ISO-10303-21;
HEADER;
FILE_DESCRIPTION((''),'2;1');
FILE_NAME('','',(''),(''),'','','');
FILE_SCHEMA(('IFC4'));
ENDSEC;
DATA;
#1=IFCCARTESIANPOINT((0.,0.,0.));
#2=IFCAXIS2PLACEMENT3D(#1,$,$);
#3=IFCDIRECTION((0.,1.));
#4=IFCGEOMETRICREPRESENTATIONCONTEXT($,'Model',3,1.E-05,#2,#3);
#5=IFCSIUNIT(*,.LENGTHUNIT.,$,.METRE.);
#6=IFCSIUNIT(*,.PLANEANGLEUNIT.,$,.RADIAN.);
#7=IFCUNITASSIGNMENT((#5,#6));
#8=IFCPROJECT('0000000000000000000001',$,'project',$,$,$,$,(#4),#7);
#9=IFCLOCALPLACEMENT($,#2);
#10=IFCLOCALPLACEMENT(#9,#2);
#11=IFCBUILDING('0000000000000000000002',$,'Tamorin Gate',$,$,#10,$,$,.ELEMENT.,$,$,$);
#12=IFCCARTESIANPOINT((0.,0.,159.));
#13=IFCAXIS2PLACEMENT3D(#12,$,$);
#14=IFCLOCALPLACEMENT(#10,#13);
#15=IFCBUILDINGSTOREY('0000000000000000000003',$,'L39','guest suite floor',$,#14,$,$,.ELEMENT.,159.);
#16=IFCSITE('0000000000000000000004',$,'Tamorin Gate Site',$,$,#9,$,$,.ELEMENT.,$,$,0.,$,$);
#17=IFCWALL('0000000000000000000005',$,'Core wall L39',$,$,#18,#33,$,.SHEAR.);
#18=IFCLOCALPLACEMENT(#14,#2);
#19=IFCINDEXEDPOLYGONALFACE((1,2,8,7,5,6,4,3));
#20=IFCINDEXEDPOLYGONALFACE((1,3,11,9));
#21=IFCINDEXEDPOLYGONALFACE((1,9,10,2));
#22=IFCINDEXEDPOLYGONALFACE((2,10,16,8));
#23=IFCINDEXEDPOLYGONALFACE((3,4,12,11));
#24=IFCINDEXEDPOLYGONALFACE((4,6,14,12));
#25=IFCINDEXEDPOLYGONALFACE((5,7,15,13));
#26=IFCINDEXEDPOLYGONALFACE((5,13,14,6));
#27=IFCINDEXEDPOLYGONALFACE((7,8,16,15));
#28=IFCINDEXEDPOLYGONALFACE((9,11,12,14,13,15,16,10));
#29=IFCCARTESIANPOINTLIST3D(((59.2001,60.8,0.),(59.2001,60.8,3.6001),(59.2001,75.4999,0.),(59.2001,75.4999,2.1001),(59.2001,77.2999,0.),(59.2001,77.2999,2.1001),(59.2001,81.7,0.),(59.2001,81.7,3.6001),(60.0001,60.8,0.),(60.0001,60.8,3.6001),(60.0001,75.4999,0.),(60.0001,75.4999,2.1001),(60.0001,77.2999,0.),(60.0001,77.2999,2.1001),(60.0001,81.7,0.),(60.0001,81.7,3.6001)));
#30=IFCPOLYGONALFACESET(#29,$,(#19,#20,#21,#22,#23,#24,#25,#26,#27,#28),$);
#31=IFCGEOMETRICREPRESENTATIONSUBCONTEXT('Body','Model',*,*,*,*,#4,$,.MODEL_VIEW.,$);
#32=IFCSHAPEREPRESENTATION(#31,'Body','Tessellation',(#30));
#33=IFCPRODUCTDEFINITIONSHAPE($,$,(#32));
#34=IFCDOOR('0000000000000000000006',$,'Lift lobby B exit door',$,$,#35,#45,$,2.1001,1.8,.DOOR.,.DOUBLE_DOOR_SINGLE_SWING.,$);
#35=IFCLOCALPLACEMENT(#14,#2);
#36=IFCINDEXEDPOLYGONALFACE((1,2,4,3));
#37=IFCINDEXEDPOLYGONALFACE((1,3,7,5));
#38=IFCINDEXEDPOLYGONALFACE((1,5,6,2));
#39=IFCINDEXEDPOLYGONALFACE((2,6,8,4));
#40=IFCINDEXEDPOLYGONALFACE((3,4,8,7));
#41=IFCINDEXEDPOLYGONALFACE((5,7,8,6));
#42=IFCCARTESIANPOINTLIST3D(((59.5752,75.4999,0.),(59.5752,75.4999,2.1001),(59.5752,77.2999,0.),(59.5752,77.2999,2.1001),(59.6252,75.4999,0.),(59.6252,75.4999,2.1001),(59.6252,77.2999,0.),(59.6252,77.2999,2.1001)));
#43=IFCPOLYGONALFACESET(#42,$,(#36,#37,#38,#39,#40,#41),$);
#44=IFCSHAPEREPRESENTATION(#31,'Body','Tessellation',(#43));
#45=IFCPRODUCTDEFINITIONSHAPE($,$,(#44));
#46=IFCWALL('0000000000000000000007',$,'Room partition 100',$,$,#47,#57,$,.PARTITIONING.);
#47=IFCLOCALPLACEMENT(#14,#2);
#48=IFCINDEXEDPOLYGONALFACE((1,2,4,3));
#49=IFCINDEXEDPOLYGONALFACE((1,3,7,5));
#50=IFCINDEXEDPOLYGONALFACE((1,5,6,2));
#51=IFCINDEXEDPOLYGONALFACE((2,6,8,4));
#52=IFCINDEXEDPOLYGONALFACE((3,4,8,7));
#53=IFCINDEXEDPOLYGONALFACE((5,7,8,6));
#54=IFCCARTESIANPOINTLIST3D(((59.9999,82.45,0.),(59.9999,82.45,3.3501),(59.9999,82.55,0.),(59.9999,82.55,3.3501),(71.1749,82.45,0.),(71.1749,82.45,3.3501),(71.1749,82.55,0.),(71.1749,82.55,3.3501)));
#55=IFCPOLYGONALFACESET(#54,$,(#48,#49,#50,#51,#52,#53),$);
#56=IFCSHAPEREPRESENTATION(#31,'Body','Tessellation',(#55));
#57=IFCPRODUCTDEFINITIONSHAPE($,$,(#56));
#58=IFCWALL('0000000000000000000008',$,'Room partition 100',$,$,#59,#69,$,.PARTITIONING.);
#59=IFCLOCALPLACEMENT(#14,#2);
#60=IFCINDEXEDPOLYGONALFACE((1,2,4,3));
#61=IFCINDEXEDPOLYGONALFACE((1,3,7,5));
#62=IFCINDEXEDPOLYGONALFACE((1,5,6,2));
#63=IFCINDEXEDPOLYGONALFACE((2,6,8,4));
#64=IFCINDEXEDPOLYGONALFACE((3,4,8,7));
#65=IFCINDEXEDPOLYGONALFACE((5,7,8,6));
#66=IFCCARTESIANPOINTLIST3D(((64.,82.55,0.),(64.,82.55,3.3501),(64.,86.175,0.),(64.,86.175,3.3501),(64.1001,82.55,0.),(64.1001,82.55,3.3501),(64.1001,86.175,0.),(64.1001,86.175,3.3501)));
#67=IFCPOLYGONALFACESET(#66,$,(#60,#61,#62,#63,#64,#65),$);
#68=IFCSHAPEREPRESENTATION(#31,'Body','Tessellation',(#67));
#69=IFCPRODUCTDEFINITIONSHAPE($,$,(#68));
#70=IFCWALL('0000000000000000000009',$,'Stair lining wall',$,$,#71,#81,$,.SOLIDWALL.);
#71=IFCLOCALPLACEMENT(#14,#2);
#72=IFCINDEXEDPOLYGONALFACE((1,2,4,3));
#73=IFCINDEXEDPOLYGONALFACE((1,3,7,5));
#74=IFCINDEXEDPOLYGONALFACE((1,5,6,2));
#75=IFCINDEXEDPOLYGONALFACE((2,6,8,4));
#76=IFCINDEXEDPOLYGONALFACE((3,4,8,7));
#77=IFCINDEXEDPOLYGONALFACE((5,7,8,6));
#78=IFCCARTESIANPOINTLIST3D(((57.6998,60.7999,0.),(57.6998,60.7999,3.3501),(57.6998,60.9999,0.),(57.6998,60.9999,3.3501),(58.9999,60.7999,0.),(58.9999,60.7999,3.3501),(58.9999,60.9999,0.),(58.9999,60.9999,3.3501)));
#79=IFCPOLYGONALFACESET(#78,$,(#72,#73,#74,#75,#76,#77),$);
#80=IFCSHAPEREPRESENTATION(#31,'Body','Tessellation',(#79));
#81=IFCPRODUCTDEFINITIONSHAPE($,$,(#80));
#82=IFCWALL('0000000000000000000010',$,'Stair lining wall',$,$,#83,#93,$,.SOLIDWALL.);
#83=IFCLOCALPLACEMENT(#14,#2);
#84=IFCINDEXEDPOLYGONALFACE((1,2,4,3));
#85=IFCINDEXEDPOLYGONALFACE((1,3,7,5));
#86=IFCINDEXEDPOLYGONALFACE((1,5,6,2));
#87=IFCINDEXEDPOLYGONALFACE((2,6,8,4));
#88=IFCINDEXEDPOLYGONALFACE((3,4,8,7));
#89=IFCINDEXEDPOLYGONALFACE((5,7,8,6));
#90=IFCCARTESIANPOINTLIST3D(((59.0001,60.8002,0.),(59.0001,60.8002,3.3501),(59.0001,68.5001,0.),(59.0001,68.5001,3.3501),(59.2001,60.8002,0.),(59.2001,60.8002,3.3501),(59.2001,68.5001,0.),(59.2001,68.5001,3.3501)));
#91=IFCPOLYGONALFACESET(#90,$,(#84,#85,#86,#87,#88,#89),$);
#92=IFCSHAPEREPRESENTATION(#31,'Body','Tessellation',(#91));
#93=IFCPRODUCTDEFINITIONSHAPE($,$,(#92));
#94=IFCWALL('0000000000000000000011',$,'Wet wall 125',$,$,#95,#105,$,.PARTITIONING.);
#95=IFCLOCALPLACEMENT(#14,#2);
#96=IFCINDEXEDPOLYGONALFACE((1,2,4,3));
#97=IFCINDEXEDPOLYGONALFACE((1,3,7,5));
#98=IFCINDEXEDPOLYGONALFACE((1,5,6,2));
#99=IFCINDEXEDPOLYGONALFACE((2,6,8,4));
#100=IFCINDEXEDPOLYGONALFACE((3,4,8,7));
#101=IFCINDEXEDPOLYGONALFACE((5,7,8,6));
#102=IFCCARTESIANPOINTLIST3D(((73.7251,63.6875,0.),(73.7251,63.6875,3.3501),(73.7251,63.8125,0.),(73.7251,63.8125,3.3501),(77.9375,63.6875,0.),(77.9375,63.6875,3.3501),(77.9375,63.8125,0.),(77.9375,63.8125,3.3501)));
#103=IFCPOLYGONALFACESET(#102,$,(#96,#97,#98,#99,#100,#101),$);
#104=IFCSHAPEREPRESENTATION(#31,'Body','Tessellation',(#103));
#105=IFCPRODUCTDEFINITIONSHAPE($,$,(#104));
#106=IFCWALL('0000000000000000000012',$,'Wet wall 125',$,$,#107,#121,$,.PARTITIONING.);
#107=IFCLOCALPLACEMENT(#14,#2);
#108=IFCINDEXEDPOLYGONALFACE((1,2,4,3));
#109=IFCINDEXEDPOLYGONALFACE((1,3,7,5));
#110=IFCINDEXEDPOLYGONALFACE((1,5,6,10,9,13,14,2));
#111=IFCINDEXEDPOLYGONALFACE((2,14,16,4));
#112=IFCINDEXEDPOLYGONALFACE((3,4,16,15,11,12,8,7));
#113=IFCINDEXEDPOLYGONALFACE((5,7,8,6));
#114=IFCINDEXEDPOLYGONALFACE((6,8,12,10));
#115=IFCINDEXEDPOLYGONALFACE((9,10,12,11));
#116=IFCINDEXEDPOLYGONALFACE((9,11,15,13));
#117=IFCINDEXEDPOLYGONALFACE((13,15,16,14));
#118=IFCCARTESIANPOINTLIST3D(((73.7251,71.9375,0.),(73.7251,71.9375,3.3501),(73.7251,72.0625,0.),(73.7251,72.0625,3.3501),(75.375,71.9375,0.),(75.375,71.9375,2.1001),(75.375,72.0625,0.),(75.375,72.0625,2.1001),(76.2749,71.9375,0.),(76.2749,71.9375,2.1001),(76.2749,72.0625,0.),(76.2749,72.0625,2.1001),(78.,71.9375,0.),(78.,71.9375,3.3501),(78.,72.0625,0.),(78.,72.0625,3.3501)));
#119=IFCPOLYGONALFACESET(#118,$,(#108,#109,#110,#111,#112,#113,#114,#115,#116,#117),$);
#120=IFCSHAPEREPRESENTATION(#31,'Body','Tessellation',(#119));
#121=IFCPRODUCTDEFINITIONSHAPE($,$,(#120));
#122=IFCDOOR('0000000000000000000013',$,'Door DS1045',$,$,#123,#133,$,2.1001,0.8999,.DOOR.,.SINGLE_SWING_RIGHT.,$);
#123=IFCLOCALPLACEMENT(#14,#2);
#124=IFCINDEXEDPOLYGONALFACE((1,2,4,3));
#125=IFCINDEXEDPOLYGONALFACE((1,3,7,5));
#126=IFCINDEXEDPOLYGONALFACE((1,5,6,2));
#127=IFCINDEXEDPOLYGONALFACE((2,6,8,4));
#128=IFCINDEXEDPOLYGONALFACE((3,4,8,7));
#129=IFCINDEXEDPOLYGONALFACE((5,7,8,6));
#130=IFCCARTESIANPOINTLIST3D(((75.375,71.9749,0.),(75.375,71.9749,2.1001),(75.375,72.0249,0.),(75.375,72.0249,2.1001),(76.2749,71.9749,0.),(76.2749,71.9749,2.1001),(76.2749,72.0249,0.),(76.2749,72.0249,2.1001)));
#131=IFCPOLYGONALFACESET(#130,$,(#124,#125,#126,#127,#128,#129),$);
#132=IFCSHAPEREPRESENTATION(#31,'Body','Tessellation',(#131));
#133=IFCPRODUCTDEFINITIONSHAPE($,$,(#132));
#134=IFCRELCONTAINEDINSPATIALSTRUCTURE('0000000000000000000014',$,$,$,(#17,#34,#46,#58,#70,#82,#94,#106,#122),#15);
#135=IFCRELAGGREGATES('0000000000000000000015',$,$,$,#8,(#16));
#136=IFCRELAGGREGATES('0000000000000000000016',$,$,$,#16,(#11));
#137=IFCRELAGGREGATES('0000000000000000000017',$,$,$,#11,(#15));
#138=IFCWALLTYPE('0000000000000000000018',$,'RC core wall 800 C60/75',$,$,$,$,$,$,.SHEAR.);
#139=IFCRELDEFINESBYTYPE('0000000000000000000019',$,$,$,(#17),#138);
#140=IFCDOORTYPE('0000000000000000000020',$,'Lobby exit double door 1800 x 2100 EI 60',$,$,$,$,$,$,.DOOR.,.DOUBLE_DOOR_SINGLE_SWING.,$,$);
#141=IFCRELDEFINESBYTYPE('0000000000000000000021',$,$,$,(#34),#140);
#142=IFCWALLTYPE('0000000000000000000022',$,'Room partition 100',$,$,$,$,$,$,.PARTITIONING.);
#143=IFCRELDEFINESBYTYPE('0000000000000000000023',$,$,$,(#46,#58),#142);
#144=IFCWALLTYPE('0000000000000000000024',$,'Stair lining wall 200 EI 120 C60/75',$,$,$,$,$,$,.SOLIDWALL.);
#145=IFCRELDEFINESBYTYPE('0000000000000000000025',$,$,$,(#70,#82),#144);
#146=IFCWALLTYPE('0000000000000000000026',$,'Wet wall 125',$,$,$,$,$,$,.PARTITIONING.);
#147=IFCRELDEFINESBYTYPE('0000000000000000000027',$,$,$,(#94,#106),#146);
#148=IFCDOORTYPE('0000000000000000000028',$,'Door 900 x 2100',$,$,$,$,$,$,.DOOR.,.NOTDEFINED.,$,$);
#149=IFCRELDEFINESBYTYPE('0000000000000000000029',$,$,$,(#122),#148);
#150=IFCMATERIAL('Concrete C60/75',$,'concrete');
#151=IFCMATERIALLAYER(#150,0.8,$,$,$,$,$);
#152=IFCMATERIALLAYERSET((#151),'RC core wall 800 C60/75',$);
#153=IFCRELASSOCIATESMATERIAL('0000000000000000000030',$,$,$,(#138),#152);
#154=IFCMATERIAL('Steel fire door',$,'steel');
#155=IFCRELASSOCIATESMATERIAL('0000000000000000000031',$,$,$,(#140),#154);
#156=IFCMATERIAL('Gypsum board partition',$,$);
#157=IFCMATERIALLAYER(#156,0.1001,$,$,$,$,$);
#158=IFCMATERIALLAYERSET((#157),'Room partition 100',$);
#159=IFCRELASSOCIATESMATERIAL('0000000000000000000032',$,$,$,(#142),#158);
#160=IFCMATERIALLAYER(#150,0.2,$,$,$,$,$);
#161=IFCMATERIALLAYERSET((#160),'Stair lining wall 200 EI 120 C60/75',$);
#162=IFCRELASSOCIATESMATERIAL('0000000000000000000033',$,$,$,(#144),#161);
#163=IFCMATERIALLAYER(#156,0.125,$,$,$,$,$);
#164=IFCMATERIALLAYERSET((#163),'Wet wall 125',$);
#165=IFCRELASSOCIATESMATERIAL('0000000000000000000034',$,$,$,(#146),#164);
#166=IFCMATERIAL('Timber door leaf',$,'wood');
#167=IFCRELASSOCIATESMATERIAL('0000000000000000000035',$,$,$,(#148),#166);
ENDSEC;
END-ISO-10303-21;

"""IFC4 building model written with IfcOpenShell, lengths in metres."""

from ifc_helpers import new_model, si_unit, direction, frame, frame_2d, origin, place, context, subcontext, project, spatial, rectangle, extrude, material, layer, layer_set, type_object, element, fill, save


model = new_model("IFC4")

# Units and contexts
model_context = context("Model", 3, precision=1e-05, world=origin(), true_north=direction((0.0, 1.0)))
body_context = subcontext(model_context, "Body", "Model", "MODEL_VIEW")
ifc_project = project(units=[si_unit("LENGTHUNIT", "METRE"), si_unit("PLANEANGLEUNIT", "RADIAN")], contexts=[model_context])

# Site, building, storey
site_placement = place(None, origin())
site = spatial("IfcSite", under=ifc_project, at=site_placement, Name="Tamorin Gate Site", CompositionType="ELEMENT", RefElevation=0.0)
building_placement = place(site_placement, origin())
building = spatial("IfcBuilding", under=site, at=building_placement, Name="Tamorin Gate", CompositionType="ELEMENT")
storey_placement = place(building_placement, frame((0.0, 0.0, 159.0)))
storey = spatial("IfcBuildingStorey", under=building, at=storey_placement, Name="L39", Description="guest suite floor", CompositionType="ELEMENT", Elevation=159.0)

# Shared definitions
ifc_material_1 = material(Name="Gypsum board partition")
ifc_material_2 = material(Name="Timber door leaf", Category="wood")

# Wall, opening, door
ifc_material_3 = material(Name="Concrete C60/75", Category="concrete")
ifc_layer_1 = layer(ifc_material_3, 0.8)
ifc_layer_set_1 = layer_set([ifc_layer_1], Name="RC core wall 800 C60/75")
wall_type_1 = type_object("IfcWallType", Name="RC core wall 800 C60/75", PredefinedType="SHEAR", material=ifc_layer_set_1)
wall_1_placement = place(storey_placement, frame((59.6001, 60.8, 0.0), z_axis=(0.0, 0.0, 1.0), x_axis=(0.0, 1.0, 0.0)))
wall_1 = element("IfcWall", 1, at=wall_1_placement, inside=storey, type_object=wall_type_1, Name="Core wall L39", PredefinedType="SHEAR", context=body_context, shape_type="SweptSolid", body=[
    extrude(rectangle(XDim=20.8999, YDim=0.8, at=frame_2d((10.45, 0.0))), origin(), (0.0, 0.0, 1.0), 3.6001),
])
opening_1_placement = place(wall_1_placement, frame((14.7, 0.0, 0.0)))
opening_1 = element("IfcOpeningElement", 2, at=opening_1_placement, cuts=wall_1, PredefinedType="OPENING", context=body_context, shape_type="SweptSolid", body=[
    extrude(rectangle(XDim=1.8, YDim=2.1001, at=frame_2d((0.8999, 1.05))), frame((0.0, 0.4099, 0.0), z_axis=(0.0, -1.0, 0.0), x_axis=(1.0, 0.0, 0.0)), (0.0, 0.0, 1.0), 0.8201),
])
ifc_material_4 = material(Name="Steel fire door", Category="steel")
door_type_1 = type_object("IfcDoorType", Name="Lobby exit double door 1800 x 2100 EI 60", OperationType="DOUBLE_DOOR_SINGLE_SWING", PredefinedType="DOOR", material=ifc_material_4)
door_1_placement = place(opening_1_placement, origin())
door_1 = element("IfcDoor", 3, at=door_1_placement, inside=storey, type_object=door_type_1, Name="Lift lobby B exit door", OperationType="DOUBLE_DOOR_SINGLE_SWING", OverallHeight=2.1001, OverallWidth=1.8, PredefinedType="DOOR", context=body_context, shape_type="SweptSolid", body=[
    extrude(rectangle(XDim=1.8, YDim=2.1001, at=frame_2d((0.8999, 1.05))), frame((0.0, 0.0249, 0.0), z_axis=(0.0, -1.0, 0.0), x_axis=(1.0, 0.0, 0.0)), (0.0, 0.0, 1.0), 0.05),
])
fill(opening_1, door_1)

# Walls
ifc_layer_2 = layer(ifc_material_1, 0.1001)
ifc_layer_set_2 = layer_set([ifc_layer_2], Name="Room partition 100")
wall_type_2 = type_object("IfcWallType", Name="Room partition 100", PredefinedType="PARTITIONING", material=ifc_layer_set_2)
wall_2_placement = place(storey_placement, frame((60.0, 82.5, 0.0), z_axis=(0.0, 0.0, 1.0), x_axis=(1.0, 0.0, 0.0)))
element("IfcWall", 4, at=wall_2_placement, inside=storey, type_object=wall_type_2, Name="Room partition 100", PredefinedType="PARTITIONING", context=body_context, shape_type="SweptSolid", body=[
    extrude(rectangle(XDim=11.175, YDim=0.1001, at=frame_2d((5.5874, 0.0))), origin(), (0.0, 0.0, 1.0), 3.3501),
])
wall_3_placement = place(storey_placement, frame((64.05, 82.55, 0.0), z_axis=(0.0, 0.0, 1.0), x_axis=(0.0, 1.0, 0.0)))
element("IfcWall", 5, at=wall_3_placement, inside=storey, type_object=wall_type_2, Name="Room partition 100", PredefinedType="PARTITIONING", context=body_context, shape_type="SweptSolid", body=[
    extrude(rectangle(XDim=3.625, YDim=0.1001, at=frame_2d((1.8125, 0.0))), origin(), (0.0, 0.0, 1.0), 3.3501),
])
ifc_layer_3 = layer(ifc_material_3, 0.2)
ifc_layer_set_3 = layer_set([ifc_layer_3], Name="Stair lining wall 200 EI 120 C60/75")
wall_type_3 = type_object("IfcWallType", Name="Stair lining wall 200 EI 120 C60/75", PredefinedType="SOLIDWALL", material=ifc_layer_set_3)
wall_4_placement = place(storey_placement, frame((57.7, 60.8999, 0.0), z_axis=(0.0, 0.0, 1.0), x_axis=(1.0, 0.0, 0.0)))
element("IfcWall", 6, at=wall_4_placement, inside=storey, type_object=wall_type_3, Name="Stair lining wall", PredefinedType="SOLIDWALL", context=body_context, shape_type="SweptSolid", body=[
    extrude(rectangle(XDim=1.3, YDim=0.2, at=frame_2d((0.6499, 0.0))), origin(), (0.0, 0.0, 1.0), 3.3501),
])
wall_5_placement = place(storey_placement, frame((59.1001, 60.8, 0.0), z_axis=(0.0, 0.0, 1.0), x_axis=(0.0, 1.0, 0.0)))
element("IfcWall", 7, at=wall_5_placement, inside=storey, type_object=wall_type_3, Name="Stair lining wall", PredefinedType="SOLIDWALL", context=body_context, shape_type="SweptSolid", body=[
    extrude(rectangle(XDim=7.7, YDim=0.2, at=frame_2d((3.8501, 0.0))), origin(), (0.0, 0.0, 1.0), 3.3501),
])
ifc_layer_4 = layer(ifc_material_1, 0.125)
ifc_layer_set_4 = layer_set([ifc_layer_4], Name="Wet wall 125")
wall_type_4 = type_object("IfcWallType", Name="Wet wall 125", PredefinedType="PARTITIONING", material=ifc_layer_set_4)
wall_6_placement = place(storey_placement, frame((73.7251, 63.75, 0.0), z_axis=(0.0, 0.0, 1.0), x_axis=(1.0, 0.0, 0.0)))
element("IfcWall", 8, at=wall_6_placement, inside=storey, type_object=wall_type_4, Name="Wet wall 125", PredefinedType="PARTITIONING", context=body_context, shape_type="SweptSolid", body=[
    extrude(rectangle(XDim=4.2124, YDim=0.125, at=frame_2d((2.1062, 0.0))), origin(), (0.0, 0.0, 1.0), 3.3501),
])

# Wall, opening, door
wall_7_placement = place(storey_placement, frame((73.7251, 72.0, 0.0), z_axis=(0.0, 0.0, 1.0), x_axis=(1.0, 0.0, 0.0)))
wall_7 = element("IfcWall", 9, at=wall_7_placement, inside=storey, type_object=wall_type_4, Name="Wet wall 125", PredefinedType="PARTITIONING", context=body_context, shape_type="SweptSolid", body=[
    extrude(rectangle(XDim=4.2749, YDim=0.125, at=frame_2d((2.1375, 0.0))), origin(), (0.0, 0.0, 1.0), 3.3501),
])
opening_2_placement = place(wall_7_placement, frame((1.6499, 0.0, 0.0)))
opening_2 = element("IfcOpeningElement", 10, at=opening_2_placement, cuts=wall_7, PredefinedType="OPENING", context=body_context, shape_type="SweptSolid", body=[
    extrude(rectangle(XDim=0.8999, YDim=2.1001, at=frame_2d((0.45, 1.05))), frame((0.0, 0.0725, 0.0), z_axis=(0.0, -1.0, 0.0), x_axis=(1.0, 0.0, 0.0)), (0.0, 0.0, 1.0), 0.145),
])
door_type_2 = type_object("IfcDoorType", Name="Door 900 x 2100", OperationType="NOTDEFINED", PredefinedType="DOOR", material=ifc_material_2)
door_2_placement = place(opening_2_placement, origin())
door_2 = element("IfcDoor", 11, at=door_2_placement, inside=storey, type_object=door_type_2, Name="Door DS1045", OperationType="SINGLE_SWING_RIGHT", OverallHeight=2.1001, OverallWidth=0.8999, PredefinedType="DOOR", context=body_context, shape_type="SweptSolid", body=[
    extrude(rectangle(XDim=0.8999, YDim=2.1001, at=frame_2d((0.45, 1.05))), frame((0.0, 0.0249, 0.0), z_axis=(0.0, -1.0, 0.0), x_axis=(1.0, 0.0, 0.0)), (0.0, 0.0, 1.0), 0.05),
])
fill(opening_2, door_2)

save(model, "model.ifc")
